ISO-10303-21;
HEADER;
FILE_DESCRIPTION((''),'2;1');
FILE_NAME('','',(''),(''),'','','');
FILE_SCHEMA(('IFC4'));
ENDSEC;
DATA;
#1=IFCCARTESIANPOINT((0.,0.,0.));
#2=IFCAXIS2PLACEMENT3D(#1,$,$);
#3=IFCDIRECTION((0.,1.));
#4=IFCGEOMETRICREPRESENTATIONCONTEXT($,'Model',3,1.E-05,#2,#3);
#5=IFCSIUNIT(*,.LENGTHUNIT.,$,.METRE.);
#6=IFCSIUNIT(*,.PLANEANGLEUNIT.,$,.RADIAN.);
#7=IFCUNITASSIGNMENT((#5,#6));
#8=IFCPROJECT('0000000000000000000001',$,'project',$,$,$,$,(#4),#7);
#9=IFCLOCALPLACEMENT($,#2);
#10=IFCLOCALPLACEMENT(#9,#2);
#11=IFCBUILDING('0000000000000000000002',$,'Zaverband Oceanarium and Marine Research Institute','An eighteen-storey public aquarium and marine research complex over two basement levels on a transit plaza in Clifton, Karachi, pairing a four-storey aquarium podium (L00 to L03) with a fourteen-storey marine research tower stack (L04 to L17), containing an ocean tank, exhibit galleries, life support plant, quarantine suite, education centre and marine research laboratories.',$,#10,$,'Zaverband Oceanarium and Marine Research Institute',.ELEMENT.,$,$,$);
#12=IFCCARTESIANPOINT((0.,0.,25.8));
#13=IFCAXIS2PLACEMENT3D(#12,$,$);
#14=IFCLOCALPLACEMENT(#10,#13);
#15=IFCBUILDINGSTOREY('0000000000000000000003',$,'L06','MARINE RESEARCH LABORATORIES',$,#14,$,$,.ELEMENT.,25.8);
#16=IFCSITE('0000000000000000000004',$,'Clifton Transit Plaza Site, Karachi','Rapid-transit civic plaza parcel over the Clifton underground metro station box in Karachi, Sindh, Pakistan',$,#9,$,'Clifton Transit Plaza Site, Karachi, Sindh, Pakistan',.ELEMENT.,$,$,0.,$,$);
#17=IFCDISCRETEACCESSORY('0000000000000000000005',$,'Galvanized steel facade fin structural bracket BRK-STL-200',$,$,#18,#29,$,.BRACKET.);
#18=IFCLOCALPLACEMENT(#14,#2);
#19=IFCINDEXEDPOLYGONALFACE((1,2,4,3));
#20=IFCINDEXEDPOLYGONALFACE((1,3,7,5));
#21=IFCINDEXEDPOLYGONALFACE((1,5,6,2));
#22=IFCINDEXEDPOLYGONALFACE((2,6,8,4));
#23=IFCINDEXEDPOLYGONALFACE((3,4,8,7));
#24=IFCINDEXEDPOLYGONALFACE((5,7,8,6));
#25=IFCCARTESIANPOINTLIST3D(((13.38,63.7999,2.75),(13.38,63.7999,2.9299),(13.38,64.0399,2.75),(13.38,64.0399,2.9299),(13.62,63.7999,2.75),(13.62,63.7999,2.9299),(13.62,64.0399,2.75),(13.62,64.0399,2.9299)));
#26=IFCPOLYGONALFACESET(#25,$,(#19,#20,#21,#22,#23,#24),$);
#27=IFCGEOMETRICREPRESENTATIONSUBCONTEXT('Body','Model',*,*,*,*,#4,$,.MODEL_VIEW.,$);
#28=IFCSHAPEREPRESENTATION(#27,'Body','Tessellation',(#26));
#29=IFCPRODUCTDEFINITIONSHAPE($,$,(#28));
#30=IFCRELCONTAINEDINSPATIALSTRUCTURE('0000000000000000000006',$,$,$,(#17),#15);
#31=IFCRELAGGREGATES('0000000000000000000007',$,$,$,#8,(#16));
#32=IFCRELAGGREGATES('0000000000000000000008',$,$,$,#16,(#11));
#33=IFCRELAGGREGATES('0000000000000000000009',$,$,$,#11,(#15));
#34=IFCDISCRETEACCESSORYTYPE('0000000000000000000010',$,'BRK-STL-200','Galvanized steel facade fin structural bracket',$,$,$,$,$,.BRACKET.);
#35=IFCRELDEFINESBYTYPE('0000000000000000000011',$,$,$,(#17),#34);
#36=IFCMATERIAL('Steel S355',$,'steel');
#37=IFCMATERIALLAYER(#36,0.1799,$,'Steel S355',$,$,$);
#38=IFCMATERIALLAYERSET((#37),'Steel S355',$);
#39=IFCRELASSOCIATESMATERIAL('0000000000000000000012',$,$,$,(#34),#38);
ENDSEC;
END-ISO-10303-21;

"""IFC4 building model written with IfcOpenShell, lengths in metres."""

from ifc_helpers import new_model, si_unit, direction, frame, origin, origin_2d, place, context, subcontext, project, spatial, rectangle, extrude, material, layer, layer_set, type_object, element, save


model = new_model("IFC4")

# Units and contexts
model_context = context("Model", 3, precision=1e-05, world=origin(), true_north=direction((0.0, 1.0)))
body_context = subcontext(model_context, "Body", "Model", "MODEL_VIEW")
ifc_project = project(units=[si_unit("LENGTHUNIT", "METRE"), si_unit("PLANEANGLEUNIT", "RADIAN")], contexts=[model_context])

# Site, building, storey
site_placement = place(None, origin())
site = spatial("IfcSite", under=ifc_project, at=site_placement, Name="Clifton Transit Plaza Site, Karachi", Description="Rapid-transit civic plaza parcel over the Clifton underground metro station box in Karachi, Sindh, Pakistan", LongName="Clifton Transit Plaza Site, Karachi, Sindh, Pakistan", CompositionType="ELEMENT", RefElevation=0.0)
building_placement = place(site_placement, origin())
building = spatial("IfcBuilding", under=site, at=building_placement, Name="Zaverband Oceanarium and Marine Research Institute", Description="An eighteen-storey public aquarium and marine research complex over two basement levels on a transit plaza in Clifton, Karachi, pairing a four-storey aquarium podium (L00 to L03) with a fourteen-storey marine research tower stack (L04 to L17), containing an ocean tank, exhibit galleries, life support plant, quarantine suite, education centre and marine research laboratories.", LongName="Zaverband Oceanarium and Marine Research Institute", CompositionType="ELEMENT")
storey_placement = place(building_placement, frame((0.0, 0.0, 25.8)))
storey = spatial("IfcBuildingStorey", under=building, at=storey_placement, Name="L06", Description="MARINE RESEARCH LABORATORIES", CompositionType="ELEMENT", Elevation=25.8)

# Discrete accessory
ifc_material_1 = material(Name="Steel S355", Category="steel")
ifc_layer_1 = layer(ifc_material_1, 0.1799, Name="Steel S355")
ifc_layer_set_1 = layer_set([ifc_layer_1], Name="Steel S355")
discrete_accessory_type = type_object("IfcDiscreteAccessoryType", Name="BRK-STL-200", Description="Galvanized steel facade fin structural bracket", PredefinedType="BRACKET", material=ifc_layer_set_1)
discrete_accessory_placement = place(storey_placement, frame((13.5, 63.9199, 2.75), z_axis=(0.0, 0.0, 1.0), x_axis=(1.0, 0.0, 0.0)))
element("IfcDiscreteAccessory", 1, at=discrete_accessory_placement, inside=storey, type_object=discrete_accessory_type, Name="Galvanized steel facade fin structural bracket BRK-STL-200", PredefinedType="BRACKET", context=body_context, shape_type="SweptSolid", body=[
    extrude(rectangle(XDim=0.24, YDim=0.24, at=origin_2d()), origin(), (0.0, 0.0, 1.0), 0.1799),
])

save(model, "model.ifc")
